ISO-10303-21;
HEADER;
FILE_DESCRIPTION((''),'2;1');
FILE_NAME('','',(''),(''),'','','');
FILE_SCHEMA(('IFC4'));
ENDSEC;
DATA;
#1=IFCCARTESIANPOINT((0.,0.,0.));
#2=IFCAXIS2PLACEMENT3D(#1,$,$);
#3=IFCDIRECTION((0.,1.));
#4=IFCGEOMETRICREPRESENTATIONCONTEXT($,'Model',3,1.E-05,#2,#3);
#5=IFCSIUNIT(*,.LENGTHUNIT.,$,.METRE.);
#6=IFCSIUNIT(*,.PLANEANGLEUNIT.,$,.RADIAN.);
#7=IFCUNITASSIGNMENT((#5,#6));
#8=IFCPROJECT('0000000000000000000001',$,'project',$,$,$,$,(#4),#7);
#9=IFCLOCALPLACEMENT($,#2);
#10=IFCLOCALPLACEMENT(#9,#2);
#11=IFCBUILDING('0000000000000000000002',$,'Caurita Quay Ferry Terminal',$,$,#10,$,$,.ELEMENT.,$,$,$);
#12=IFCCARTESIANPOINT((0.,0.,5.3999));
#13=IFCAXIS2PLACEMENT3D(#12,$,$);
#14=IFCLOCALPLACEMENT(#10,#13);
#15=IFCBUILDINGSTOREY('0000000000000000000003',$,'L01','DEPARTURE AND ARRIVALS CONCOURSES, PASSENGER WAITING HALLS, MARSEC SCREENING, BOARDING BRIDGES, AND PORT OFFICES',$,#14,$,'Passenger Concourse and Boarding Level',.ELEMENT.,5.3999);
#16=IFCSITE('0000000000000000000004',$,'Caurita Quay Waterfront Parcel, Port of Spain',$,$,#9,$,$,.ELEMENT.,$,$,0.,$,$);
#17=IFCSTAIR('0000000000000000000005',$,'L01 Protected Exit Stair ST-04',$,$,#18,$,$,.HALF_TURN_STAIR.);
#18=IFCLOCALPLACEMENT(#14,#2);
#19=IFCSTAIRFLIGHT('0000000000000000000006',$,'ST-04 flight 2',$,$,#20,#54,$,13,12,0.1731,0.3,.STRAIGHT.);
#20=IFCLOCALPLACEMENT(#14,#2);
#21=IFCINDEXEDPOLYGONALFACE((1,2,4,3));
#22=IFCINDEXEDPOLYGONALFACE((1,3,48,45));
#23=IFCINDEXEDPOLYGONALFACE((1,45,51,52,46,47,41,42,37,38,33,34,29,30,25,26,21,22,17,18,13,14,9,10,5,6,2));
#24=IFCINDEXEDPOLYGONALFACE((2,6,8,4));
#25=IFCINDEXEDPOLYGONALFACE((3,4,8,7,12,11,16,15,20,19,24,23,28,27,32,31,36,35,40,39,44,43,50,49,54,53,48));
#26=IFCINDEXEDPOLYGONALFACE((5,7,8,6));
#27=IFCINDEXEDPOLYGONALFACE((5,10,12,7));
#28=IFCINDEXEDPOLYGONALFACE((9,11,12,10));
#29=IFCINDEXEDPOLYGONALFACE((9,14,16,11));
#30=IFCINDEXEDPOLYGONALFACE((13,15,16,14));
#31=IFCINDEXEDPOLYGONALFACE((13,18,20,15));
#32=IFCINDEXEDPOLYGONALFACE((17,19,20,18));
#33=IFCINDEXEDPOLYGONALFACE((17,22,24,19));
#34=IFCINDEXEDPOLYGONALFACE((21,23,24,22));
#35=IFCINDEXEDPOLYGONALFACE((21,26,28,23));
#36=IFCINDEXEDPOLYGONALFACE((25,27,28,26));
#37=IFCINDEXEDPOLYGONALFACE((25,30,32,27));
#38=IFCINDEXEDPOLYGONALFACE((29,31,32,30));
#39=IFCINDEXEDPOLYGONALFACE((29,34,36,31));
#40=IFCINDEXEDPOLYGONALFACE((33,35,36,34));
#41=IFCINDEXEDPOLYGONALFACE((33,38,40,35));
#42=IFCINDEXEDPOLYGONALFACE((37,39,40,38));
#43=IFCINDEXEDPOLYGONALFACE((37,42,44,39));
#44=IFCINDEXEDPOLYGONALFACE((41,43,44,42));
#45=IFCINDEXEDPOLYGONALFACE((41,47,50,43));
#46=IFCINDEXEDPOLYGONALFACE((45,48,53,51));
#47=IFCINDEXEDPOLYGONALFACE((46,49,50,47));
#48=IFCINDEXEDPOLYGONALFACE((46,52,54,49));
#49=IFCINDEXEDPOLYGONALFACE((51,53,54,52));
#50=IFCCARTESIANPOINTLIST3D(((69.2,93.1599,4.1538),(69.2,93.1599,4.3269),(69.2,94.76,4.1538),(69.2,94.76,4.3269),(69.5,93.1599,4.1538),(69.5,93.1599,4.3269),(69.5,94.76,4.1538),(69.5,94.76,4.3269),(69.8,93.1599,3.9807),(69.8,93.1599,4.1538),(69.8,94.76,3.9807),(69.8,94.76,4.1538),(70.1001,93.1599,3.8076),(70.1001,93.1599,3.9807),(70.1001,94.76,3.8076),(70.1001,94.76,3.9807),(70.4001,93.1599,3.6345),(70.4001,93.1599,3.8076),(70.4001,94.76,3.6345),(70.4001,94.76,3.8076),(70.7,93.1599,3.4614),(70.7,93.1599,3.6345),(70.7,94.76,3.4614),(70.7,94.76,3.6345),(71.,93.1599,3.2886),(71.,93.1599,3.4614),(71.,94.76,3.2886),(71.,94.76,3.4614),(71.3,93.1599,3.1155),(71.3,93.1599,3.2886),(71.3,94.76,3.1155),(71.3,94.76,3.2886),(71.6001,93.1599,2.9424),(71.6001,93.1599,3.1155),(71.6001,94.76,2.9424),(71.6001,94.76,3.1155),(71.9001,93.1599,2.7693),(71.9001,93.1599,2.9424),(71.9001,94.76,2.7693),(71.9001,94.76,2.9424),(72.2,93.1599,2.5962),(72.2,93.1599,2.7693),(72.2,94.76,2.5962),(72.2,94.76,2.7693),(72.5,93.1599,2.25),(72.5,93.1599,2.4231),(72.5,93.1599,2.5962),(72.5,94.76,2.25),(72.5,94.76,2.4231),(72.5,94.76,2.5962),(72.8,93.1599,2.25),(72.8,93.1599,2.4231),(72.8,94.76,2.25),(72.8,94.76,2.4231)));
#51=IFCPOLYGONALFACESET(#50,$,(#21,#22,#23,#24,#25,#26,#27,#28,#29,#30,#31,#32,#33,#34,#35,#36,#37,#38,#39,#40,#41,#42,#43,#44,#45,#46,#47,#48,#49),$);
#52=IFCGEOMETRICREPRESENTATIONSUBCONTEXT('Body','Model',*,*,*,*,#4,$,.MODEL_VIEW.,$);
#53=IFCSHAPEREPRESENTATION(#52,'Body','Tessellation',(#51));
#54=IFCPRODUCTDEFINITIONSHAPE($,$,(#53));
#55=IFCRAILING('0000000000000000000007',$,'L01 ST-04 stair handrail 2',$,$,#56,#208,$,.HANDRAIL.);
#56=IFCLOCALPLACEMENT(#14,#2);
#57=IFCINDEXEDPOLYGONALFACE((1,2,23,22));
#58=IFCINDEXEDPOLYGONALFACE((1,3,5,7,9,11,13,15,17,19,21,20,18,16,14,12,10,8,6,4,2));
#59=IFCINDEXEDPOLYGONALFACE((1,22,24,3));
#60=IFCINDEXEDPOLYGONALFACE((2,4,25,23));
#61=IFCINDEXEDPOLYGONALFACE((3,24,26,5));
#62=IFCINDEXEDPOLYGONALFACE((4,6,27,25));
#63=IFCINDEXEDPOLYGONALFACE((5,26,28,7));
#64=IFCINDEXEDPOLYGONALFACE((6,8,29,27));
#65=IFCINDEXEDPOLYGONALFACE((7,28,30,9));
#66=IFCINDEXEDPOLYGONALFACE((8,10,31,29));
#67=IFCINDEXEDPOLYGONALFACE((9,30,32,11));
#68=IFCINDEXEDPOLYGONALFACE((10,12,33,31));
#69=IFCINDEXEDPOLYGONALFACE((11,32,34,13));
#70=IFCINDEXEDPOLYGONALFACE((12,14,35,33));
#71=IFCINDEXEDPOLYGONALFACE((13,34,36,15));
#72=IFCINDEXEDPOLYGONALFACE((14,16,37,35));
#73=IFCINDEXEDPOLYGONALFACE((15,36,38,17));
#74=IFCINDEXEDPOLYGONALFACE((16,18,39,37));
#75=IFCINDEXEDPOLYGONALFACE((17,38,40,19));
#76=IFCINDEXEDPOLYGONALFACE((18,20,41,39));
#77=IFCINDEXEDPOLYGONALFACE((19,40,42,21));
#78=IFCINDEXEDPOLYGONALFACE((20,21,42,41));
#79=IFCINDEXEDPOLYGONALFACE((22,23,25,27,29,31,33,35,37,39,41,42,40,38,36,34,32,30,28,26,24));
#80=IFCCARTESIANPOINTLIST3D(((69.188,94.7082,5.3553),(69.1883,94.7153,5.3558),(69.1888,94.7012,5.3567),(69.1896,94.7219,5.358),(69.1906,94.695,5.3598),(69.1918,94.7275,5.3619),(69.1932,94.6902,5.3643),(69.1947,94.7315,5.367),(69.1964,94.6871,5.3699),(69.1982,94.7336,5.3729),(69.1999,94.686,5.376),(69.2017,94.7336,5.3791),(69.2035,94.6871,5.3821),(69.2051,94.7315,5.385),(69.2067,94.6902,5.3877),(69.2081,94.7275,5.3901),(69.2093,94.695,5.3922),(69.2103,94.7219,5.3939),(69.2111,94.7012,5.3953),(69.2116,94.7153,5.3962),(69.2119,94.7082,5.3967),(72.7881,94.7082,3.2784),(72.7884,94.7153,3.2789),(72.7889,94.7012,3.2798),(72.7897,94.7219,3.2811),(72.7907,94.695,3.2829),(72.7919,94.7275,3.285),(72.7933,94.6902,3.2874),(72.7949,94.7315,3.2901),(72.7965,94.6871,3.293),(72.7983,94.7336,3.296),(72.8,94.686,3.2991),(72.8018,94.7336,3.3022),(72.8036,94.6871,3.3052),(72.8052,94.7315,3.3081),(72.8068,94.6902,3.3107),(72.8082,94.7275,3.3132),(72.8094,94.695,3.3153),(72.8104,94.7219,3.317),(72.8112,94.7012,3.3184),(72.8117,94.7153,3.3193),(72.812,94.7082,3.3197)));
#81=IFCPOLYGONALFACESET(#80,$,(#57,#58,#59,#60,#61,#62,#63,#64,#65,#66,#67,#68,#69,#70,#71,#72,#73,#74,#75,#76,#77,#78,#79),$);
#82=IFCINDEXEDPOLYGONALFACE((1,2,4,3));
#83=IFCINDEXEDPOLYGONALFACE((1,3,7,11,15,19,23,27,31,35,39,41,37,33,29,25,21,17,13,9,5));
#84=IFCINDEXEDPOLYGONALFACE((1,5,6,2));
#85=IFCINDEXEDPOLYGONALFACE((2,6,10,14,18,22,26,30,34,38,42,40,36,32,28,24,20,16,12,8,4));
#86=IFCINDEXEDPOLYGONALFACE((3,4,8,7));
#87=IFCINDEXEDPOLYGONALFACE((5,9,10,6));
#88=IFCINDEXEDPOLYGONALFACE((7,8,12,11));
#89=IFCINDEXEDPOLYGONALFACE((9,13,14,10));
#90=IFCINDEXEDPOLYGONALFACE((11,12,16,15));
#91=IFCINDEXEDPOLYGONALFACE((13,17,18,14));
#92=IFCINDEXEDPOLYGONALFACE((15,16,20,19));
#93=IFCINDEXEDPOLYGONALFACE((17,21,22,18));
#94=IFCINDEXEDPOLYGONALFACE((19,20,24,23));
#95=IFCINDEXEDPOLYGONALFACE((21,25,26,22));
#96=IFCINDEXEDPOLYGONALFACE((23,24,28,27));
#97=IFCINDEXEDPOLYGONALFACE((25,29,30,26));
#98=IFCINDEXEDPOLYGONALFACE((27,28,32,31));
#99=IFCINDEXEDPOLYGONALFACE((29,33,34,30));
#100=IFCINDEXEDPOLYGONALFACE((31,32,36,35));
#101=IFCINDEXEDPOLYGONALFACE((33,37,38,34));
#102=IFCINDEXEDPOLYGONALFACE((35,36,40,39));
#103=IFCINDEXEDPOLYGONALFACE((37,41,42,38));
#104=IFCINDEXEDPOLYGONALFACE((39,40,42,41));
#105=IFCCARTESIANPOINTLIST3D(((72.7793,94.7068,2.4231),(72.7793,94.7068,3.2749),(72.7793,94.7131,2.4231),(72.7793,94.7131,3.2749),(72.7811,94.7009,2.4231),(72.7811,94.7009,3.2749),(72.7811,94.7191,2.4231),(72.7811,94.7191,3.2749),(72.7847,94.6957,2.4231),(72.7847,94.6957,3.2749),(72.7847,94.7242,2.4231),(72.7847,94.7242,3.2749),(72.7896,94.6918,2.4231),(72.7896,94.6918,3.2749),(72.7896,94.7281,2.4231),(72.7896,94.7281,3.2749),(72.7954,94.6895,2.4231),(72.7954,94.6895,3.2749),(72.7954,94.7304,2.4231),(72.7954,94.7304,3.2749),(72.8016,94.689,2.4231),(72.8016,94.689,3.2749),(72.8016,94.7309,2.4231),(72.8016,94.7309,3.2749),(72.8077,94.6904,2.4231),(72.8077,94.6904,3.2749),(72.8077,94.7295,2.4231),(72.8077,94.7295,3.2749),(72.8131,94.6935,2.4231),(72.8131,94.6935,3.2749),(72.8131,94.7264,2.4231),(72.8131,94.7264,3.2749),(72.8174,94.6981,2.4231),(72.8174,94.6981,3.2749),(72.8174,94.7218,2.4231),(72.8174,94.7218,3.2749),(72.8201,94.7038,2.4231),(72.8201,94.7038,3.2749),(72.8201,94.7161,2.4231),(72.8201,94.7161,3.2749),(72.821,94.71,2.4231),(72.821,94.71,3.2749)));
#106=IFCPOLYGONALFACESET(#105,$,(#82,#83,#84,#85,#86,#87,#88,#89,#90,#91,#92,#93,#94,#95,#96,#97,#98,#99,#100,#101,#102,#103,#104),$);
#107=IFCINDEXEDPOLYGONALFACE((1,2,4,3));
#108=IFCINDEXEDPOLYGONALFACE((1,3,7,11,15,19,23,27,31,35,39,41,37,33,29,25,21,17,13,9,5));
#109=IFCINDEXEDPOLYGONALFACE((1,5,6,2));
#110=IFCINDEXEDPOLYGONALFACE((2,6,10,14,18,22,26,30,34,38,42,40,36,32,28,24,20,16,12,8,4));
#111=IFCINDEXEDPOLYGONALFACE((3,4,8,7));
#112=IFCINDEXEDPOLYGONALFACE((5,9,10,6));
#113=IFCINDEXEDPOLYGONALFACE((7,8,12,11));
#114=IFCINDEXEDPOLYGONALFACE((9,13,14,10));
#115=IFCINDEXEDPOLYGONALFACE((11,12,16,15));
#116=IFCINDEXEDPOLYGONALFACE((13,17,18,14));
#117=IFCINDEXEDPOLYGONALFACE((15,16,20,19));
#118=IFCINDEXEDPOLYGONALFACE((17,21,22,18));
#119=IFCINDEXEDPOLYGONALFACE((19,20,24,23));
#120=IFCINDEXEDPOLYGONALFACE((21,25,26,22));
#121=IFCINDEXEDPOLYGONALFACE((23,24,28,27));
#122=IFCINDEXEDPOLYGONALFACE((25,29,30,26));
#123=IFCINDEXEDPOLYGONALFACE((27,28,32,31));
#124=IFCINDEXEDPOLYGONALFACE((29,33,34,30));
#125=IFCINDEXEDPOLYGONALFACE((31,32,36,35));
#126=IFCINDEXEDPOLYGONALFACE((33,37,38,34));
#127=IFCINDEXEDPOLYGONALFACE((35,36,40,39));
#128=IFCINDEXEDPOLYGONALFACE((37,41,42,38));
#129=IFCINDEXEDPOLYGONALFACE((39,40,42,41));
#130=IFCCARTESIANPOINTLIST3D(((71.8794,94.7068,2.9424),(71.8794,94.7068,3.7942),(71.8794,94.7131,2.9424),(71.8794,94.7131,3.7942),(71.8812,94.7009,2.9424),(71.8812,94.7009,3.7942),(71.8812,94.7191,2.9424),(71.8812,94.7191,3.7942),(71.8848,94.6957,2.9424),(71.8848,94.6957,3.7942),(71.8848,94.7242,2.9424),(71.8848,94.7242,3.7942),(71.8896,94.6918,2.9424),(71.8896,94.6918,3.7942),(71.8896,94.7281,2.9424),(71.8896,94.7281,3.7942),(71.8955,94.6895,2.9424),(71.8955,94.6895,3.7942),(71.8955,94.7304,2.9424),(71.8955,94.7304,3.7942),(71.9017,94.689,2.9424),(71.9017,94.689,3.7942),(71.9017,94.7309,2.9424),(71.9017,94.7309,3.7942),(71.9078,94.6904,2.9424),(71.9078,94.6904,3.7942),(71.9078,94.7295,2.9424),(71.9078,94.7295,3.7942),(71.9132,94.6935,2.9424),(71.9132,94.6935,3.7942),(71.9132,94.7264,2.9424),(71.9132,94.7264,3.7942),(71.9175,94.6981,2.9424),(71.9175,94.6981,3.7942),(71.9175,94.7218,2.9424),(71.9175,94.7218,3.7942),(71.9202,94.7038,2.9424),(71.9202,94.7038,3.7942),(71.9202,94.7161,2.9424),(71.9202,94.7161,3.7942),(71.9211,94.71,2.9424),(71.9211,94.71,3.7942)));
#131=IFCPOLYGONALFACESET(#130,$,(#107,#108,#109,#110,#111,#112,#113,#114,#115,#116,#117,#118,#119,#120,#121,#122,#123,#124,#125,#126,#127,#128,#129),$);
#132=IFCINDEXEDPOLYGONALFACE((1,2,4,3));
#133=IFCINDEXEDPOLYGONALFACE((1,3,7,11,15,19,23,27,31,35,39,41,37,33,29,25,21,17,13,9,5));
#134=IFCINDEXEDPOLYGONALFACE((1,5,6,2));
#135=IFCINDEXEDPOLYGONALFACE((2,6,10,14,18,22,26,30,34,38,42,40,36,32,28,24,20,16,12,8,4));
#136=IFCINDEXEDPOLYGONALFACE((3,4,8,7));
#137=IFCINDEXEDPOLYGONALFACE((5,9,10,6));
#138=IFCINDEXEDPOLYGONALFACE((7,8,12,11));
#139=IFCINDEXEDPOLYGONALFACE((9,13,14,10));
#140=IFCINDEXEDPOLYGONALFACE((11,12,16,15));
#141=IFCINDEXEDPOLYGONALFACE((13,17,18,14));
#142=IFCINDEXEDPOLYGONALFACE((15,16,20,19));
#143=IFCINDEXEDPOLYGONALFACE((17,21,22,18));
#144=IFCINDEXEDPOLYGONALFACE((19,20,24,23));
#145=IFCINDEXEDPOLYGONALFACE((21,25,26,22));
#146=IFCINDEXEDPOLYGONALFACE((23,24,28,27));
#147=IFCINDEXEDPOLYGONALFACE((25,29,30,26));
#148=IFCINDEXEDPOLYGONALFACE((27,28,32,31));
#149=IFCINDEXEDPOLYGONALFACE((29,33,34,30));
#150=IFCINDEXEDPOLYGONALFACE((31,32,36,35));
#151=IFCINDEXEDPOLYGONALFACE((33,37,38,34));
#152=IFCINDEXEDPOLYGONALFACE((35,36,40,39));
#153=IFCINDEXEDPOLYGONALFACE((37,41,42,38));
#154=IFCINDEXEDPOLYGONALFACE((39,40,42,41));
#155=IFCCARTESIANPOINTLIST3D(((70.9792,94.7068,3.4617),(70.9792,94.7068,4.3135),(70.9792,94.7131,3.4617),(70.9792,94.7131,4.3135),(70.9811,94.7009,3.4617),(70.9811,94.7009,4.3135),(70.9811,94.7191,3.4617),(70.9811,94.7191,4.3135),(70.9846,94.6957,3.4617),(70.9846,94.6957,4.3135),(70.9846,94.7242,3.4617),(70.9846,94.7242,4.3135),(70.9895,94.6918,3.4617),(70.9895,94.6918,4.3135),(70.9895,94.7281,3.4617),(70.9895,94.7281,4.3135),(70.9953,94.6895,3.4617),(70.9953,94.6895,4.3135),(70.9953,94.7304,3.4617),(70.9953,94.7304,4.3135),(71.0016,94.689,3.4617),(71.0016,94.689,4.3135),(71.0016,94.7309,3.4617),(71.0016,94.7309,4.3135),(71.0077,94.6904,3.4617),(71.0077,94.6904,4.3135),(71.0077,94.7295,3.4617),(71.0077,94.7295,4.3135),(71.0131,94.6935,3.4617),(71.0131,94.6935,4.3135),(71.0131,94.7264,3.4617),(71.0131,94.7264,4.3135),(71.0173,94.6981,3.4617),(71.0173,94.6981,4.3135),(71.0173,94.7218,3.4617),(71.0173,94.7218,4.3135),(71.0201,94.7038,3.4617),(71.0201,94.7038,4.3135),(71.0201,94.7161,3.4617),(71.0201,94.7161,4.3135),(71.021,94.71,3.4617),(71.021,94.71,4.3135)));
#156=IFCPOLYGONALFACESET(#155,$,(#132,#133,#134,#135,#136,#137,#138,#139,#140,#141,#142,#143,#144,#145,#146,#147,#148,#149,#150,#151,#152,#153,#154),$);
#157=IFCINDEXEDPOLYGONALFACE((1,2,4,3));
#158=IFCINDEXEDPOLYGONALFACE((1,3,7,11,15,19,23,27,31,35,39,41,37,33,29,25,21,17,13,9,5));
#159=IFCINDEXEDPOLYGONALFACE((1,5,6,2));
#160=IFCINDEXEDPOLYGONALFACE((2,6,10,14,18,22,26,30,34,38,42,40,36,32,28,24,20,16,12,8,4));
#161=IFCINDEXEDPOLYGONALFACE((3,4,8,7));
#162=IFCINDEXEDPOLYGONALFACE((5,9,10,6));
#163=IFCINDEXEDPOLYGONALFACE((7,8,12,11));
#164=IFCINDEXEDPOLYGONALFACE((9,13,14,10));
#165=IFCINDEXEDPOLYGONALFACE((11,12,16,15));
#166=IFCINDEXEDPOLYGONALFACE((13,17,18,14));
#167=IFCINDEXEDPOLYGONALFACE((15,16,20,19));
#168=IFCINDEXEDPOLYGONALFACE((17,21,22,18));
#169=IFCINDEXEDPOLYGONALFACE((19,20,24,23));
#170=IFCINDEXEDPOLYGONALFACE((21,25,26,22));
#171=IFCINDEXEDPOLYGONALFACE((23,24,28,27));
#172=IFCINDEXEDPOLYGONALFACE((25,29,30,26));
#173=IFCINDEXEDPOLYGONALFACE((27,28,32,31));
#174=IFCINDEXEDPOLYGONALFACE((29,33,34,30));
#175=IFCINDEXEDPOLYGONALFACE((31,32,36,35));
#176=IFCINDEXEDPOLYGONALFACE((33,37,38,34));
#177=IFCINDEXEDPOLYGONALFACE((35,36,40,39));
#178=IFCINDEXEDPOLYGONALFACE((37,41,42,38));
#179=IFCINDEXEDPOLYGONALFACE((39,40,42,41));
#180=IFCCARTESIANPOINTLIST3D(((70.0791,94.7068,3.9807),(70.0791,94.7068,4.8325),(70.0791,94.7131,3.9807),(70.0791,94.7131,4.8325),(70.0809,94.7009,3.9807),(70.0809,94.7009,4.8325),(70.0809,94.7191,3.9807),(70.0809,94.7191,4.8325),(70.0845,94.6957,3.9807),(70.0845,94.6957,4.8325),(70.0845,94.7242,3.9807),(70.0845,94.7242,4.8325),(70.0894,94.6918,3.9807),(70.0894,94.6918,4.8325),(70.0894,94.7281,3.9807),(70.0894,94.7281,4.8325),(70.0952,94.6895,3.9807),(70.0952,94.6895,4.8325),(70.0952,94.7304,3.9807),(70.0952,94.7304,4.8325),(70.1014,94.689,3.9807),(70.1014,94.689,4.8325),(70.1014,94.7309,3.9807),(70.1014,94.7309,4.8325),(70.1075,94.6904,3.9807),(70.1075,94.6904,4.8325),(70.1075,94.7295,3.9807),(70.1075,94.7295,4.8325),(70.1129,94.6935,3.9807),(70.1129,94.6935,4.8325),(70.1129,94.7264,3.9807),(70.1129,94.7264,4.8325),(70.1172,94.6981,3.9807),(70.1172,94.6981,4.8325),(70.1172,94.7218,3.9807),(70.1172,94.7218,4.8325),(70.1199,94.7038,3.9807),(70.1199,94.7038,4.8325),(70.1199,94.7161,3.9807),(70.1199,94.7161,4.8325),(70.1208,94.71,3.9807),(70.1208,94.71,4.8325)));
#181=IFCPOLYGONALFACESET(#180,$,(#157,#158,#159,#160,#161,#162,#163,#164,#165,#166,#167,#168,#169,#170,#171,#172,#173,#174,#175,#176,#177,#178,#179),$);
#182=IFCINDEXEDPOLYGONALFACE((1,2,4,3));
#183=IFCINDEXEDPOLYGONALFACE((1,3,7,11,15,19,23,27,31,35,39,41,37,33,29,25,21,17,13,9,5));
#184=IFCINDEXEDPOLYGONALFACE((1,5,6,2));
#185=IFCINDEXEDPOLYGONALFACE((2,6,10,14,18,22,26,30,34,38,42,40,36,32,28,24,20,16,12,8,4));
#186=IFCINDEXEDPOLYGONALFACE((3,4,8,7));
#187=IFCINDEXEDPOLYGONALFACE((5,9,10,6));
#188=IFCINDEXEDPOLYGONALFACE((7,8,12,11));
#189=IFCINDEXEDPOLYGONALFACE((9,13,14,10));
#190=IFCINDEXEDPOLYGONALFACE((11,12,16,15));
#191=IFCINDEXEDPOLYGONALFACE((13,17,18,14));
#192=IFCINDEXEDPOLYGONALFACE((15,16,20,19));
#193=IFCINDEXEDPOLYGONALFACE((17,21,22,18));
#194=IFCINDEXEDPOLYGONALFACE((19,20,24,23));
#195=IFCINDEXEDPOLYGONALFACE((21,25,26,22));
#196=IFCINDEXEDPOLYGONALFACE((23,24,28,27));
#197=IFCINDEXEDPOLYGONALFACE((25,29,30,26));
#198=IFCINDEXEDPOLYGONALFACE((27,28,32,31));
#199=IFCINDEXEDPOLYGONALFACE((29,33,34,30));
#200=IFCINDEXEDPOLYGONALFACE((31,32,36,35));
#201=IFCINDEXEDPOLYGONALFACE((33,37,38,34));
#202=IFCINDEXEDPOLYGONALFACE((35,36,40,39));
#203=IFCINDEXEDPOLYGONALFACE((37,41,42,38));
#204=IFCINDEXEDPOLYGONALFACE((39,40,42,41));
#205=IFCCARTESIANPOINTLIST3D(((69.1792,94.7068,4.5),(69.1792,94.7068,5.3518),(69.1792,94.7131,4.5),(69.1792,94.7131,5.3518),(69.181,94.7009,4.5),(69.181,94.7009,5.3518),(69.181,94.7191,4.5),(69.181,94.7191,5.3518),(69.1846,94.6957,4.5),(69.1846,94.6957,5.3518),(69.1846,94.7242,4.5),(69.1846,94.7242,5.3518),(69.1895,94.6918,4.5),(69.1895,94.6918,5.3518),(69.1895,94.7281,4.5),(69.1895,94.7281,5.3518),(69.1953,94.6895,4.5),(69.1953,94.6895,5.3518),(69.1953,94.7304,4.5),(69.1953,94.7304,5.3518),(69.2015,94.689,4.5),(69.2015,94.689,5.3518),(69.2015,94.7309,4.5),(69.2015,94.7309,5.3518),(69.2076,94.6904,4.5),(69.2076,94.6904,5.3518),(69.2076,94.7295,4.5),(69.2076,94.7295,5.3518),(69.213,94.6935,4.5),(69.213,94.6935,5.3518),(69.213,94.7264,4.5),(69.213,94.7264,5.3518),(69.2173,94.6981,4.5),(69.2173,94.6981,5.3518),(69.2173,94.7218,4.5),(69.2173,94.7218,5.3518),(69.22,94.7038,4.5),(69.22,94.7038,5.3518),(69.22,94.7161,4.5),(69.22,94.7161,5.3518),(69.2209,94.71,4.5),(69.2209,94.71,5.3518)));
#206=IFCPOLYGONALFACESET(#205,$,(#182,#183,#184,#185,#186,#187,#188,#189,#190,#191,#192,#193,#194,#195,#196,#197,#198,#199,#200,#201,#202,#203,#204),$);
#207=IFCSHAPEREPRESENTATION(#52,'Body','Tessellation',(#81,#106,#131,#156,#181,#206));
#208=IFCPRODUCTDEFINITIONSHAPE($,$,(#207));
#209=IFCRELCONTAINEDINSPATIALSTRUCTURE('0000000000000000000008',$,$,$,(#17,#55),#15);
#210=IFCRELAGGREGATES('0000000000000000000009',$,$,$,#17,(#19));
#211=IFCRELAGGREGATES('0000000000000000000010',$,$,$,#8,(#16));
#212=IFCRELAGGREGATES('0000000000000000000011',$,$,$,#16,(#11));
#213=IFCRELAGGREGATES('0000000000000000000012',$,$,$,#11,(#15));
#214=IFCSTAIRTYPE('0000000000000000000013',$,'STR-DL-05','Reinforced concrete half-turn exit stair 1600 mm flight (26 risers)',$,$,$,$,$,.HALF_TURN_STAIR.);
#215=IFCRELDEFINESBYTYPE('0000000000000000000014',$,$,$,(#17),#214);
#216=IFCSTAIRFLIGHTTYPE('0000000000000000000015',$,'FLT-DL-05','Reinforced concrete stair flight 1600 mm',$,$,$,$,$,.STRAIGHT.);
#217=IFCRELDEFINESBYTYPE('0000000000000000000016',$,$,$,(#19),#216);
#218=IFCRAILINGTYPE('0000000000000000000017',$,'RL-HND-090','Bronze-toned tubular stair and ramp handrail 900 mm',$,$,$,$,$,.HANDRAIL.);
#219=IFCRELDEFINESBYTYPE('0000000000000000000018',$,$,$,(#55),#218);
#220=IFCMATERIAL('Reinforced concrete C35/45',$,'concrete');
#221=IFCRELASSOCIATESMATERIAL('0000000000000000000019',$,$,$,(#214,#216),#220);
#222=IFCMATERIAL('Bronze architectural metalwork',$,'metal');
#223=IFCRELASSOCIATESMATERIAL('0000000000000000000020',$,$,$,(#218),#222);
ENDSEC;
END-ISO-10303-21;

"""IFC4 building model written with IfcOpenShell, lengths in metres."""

from ifc_helpers import new_model, si_unit, direction, frame, origin, origin_2d, place, context, subcontext, project, spatial, polyline, circle, outline, extrude, material, type_object, element, aggregate, save


model = new_model("IFC4")

# Units and contexts
model_context = context("Model", 3, precision=1e-05, world=origin(), true_north=direction((0.0, 1.0)))
body_context = subcontext(model_context, "Body", "Model", "MODEL_VIEW")
ifc_project = project(units=[si_unit("LENGTHUNIT", "METRE"), si_unit("PLANEANGLEUNIT", "RADIAN")], contexts=[model_context])

# Site, building, storey
site_placement = place(None, origin())
site = spatial("IfcSite", under=ifc_project, at=site_placement, Name="Caurita Quay Waterfront Parcel, Port of Spain", CompositionType="ELEMENT", RefElevation=0.0)
building_placement = place(site_placement, origin())
building = spatial("IfcBuilding", under=site, at=building_placement, Name="Caurita Quay Ferry Terminal", CompositionType="ELEMENT")
storey_placement = place(building_placement, frame((0.0, 0.0, 5.3999)))
storey = spatial("IfcBuildingStorey", under=building, at=storey_placement, Name="L01", Description="DEPARTURE AND ARRIVALS CONCOURSES, PASSENGER WAITING HALLS, MARSEC SCREENING, BOARDING BRIDGES, AND PORT OFFICES", LongName="Passenger Concourse and Boarding Level", CompositionType="ELEMENT", Elevation=5.3999)

# Shared definitions
ifc_material_1 = material(Name="Reinforced concrete C35/45", Category="concrete")

# Stair, stair flight
stair_type = type_object("IfcStairType", Name="STR-DL-05", Description="Reinforced concrete half-turn exit stair 1600 mm flight (26 risers)", PredefinedType="HALF_TURN_STAIR", material=ifc_material_1)
stair_placement = place(storey_placement, origin())
stair = element("IfcStair", 1, at=stair_placement, inside=storey, type_object=stair_type, Name="L01 Protected Exit Stair ST-04", PredefinedType="HALF_TURN_STAIR")
stair_flight_type = type_object("IfcStairFlightType", Name="FLT-DL-05", Description="Reinforced concrete stair flight 1600 mm", PredefinedType="STRAIGHT", material=ifc_material_1)
stair_flight_placement = place(storey_placement, frame((72.8, 93.96, 2.25), z_axis=(0.0, 0.0, 1.0), x_axis=(-1.0, 0.0, 0.0)))
stair_flight = element("IfcStairFlight", 2, at=stair_flight_placement, type_object=stair_flight_type, Name="ST-04 flight 2", NumberOfRisers=13, NumberOfTreads=12, PredefinedType="STRAIGHT", RiserHeight=0.1731, TreadLength=0.3, context=body_context, shape_type="SweptSolid", body=[
    extrude(outline(polyline([(0.0, 0.0), (0.0, 0.1731), (0.3, 0.1731), (0.3, 0.3462), (0.6001, 0.3462), (0.6001, 0.5193), (0.8999, 0.5193), (0.8999, 0.6924), (1.2, 0.6924), (1.2, 0.8655), (1.5, 0.8655), (1.5, 1.0386), (1.8, 1.0386), (1.8, 1.2114), (2.1001, 1.2114), (2.1001, 1.3845), (2.3999, 1.3845), (2.3999, 1.5576), (2.7, 1.5576), (2.7, 1.7307), (3.0, 1.7307), (3.0, 1.9038), (3.3, 1.9038), (3.3, 2.0769), (3.6001, 2.0769), (3.6001, 2.25), (3.6001, 1.9038), (0.3, 0.0), (0.0, 0.0)])), frame((0.0, 0.8, 0.0), z_axis=(0.0, -1.0, 0.0), x_axis=(1.0, 0.0, 0.0)), (0.0, 0.0, 1.0), 1.6001),
])
aggregate(stair, [stair_flight])

# Railing
ifc_material_2 = material(Name="Bronze architectural metalwork", Category="metal")
railing_type_1 = type_object("IfcRailingType", Name="RL-HND-090", Description="Bronze-toned tubular stair and ramp handrail 900 mm", PredefinedType="HANDRAIL", material=ifc_material_2)
railing_1_placement = place(storey_placement, frame((72.8, 94.71, 2.4231)))
element("IfcRailing", 3, at=railing_1_placement, inside=storey, type_object=railing_type_1, Name="L01 ST-04 stair handrail 2", PredefinedType="HANDRAIL", context=body_context, shape_type="SweptSolid", body=[
    extrude(circle(Radius=0.0239, at=origin_2d()), frame((0.0, 0.0, 0.876), z_axis=(-0.866193, 0.0, 0.499709), x_axis=(0.0, -1.0, 0.0)), (0.0, 0.0, 1.0), 4.1562),
    extrude(circle(Radius=0.021, at=origin_2d()), origin(), (0.0, 0.0, 1.0), 0.8518),
    extrude(circle(Radius=0.021, at=origin_2d()), frame((-0.8999, 0.0, 0.5193)), (0.0, 0.0, 1.0), 0.8518),
    extrude(circle(Radius=0.021, at=origin_2d()), frame((-1.8, 0.0, 1.0386)), (0.0, 0.0, 1.0), 0.8518),
    extrude(circle(Radius=0.021, at=origin_2d()), frame((-2.7002, 0.0, 1.5576)), (0.0, 0.0, 1.0), 0.8518),
    extrude(circle(Radius=0.021, at=origin_2d()), frame((-3.6001, 0.0, 2.0769)), (0.0, 0.0, 1.0), 0.8518),
])

save(model, "model.ifc")
